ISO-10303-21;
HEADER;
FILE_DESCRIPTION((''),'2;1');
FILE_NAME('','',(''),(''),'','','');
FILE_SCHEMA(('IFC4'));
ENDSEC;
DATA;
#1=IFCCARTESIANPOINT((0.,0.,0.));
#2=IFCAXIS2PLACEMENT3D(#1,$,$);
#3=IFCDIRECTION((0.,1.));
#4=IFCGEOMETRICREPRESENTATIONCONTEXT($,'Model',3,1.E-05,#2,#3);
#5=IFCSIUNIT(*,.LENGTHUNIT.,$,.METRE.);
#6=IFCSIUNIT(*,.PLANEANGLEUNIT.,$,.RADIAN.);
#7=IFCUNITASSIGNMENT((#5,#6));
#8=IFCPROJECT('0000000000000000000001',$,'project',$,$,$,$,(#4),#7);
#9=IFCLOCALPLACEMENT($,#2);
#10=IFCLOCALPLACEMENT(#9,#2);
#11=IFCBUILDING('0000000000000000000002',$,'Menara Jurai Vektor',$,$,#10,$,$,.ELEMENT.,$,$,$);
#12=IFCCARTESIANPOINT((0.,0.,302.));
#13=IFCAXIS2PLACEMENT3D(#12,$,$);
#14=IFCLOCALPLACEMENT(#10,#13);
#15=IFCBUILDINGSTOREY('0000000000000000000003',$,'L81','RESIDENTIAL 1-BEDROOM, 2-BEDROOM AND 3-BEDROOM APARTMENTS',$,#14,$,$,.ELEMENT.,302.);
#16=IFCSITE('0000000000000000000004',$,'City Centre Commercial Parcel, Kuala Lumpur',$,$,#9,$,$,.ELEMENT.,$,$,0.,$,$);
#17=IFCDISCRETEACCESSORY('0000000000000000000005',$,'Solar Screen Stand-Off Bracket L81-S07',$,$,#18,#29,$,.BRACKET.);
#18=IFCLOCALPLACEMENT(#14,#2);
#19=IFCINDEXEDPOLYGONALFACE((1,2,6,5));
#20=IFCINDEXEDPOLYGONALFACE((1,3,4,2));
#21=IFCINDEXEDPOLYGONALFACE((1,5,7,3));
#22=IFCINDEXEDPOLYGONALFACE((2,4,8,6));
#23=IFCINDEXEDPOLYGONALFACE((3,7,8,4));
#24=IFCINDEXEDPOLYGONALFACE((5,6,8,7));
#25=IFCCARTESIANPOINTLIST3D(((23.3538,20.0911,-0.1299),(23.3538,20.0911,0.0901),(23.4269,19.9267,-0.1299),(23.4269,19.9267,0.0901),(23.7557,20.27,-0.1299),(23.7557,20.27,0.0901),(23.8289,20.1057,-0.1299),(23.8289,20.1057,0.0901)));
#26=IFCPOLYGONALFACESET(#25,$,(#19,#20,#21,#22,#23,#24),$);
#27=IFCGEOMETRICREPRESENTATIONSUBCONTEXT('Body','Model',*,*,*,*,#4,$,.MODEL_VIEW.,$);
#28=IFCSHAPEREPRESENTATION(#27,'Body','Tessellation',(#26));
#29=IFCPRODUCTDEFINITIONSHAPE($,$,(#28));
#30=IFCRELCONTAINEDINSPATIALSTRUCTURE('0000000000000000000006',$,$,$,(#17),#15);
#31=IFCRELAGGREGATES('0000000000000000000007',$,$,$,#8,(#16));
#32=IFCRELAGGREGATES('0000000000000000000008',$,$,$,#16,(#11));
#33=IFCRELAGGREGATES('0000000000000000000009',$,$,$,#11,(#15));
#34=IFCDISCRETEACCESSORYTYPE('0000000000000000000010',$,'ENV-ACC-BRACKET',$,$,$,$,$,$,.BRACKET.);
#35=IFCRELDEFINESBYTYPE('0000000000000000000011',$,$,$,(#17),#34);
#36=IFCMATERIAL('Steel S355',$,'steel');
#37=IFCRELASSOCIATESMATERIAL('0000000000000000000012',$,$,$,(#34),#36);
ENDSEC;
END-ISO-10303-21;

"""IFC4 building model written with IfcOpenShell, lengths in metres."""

from ifc_helpers import new_model, si_unit, direction, frame, origin, origin_2d, place, context, subcontext, project, spatial, rectangle, extrude, material, type_object, element, save


model = new_model("IFC4")

# Units and contexts
model_context = context("Model", 3, precision=1e-05, world=origin(), true_north=direction((0.0, 1.0)))
body_context = subcontext(model_context, "Body", "Model", "MODEL_VIEW")
ifc_project = project(units=[si_unit("LENGTHUNIT", "METRE"), si_unit("PLANEANGLEUNIT", "RADIAN")], contexts=[model_context])

# Site, building, storey
site_placement = place(None, origin())
site = spatial("IfcSite", under=ifc_project, at=site_placement, Name="City Centre Commercial Parcel, Kuala Lumpur", CompositionType="ELEMENT", RefElevation=0.0)
building_placement = place(site_placement, origin())
building = spatial("IfcBuilding", under=site, at=building_placement, Name="Menara Jurai Vektor", CompositionType="ELEMENT")
storey_placement = place(building_placement, frame((0.0, 0.0, 302.0)))
storey = spatial("IfcBuildingStorey", under=building, at=storey_placement, Name="L81", Description="RESIDENTIAL 1-BEDROOM, 2-BEDROOM AND 3-BEDROOM APARTMENTS", CompositionType="ELEMENT", Elevation=302.0)

# Shared definitions
ifc_material_1 = material(Name="Steel S355", Category="steel")

# Discrete accessory
discrete_accessory_type = type_object("IfcDiscreteAccessoryType", Name="ENV-ACC-BRACKET", PredefinedType="BRACKET", material=ifc_material_1)
discrete_accessory_placement = place(storey_placement, frame((23.5913, 20.0984, -0.1299), z_axis=(0.0, 0.0, 1.0), x_axis=(-0.406737, 0.913545, 0.0)))
element("IfcDiscreteAccessory", 1, at=discrete_accessory_placement, inside=storey, type_object=discrete_accessory_type, Name="Solar Screen Stand-Off Bracket L81-S07", PredefinedType="BRACKET", context=body_context, shape_type="SweptSolid", body=[
    extrude(rectangle(XDim=0.1799, YDim=0.4399, at=origin_2d()), origin(), (0.0, 0.0, 1.0), 0.22),
])

save(model, "model.ifc")
